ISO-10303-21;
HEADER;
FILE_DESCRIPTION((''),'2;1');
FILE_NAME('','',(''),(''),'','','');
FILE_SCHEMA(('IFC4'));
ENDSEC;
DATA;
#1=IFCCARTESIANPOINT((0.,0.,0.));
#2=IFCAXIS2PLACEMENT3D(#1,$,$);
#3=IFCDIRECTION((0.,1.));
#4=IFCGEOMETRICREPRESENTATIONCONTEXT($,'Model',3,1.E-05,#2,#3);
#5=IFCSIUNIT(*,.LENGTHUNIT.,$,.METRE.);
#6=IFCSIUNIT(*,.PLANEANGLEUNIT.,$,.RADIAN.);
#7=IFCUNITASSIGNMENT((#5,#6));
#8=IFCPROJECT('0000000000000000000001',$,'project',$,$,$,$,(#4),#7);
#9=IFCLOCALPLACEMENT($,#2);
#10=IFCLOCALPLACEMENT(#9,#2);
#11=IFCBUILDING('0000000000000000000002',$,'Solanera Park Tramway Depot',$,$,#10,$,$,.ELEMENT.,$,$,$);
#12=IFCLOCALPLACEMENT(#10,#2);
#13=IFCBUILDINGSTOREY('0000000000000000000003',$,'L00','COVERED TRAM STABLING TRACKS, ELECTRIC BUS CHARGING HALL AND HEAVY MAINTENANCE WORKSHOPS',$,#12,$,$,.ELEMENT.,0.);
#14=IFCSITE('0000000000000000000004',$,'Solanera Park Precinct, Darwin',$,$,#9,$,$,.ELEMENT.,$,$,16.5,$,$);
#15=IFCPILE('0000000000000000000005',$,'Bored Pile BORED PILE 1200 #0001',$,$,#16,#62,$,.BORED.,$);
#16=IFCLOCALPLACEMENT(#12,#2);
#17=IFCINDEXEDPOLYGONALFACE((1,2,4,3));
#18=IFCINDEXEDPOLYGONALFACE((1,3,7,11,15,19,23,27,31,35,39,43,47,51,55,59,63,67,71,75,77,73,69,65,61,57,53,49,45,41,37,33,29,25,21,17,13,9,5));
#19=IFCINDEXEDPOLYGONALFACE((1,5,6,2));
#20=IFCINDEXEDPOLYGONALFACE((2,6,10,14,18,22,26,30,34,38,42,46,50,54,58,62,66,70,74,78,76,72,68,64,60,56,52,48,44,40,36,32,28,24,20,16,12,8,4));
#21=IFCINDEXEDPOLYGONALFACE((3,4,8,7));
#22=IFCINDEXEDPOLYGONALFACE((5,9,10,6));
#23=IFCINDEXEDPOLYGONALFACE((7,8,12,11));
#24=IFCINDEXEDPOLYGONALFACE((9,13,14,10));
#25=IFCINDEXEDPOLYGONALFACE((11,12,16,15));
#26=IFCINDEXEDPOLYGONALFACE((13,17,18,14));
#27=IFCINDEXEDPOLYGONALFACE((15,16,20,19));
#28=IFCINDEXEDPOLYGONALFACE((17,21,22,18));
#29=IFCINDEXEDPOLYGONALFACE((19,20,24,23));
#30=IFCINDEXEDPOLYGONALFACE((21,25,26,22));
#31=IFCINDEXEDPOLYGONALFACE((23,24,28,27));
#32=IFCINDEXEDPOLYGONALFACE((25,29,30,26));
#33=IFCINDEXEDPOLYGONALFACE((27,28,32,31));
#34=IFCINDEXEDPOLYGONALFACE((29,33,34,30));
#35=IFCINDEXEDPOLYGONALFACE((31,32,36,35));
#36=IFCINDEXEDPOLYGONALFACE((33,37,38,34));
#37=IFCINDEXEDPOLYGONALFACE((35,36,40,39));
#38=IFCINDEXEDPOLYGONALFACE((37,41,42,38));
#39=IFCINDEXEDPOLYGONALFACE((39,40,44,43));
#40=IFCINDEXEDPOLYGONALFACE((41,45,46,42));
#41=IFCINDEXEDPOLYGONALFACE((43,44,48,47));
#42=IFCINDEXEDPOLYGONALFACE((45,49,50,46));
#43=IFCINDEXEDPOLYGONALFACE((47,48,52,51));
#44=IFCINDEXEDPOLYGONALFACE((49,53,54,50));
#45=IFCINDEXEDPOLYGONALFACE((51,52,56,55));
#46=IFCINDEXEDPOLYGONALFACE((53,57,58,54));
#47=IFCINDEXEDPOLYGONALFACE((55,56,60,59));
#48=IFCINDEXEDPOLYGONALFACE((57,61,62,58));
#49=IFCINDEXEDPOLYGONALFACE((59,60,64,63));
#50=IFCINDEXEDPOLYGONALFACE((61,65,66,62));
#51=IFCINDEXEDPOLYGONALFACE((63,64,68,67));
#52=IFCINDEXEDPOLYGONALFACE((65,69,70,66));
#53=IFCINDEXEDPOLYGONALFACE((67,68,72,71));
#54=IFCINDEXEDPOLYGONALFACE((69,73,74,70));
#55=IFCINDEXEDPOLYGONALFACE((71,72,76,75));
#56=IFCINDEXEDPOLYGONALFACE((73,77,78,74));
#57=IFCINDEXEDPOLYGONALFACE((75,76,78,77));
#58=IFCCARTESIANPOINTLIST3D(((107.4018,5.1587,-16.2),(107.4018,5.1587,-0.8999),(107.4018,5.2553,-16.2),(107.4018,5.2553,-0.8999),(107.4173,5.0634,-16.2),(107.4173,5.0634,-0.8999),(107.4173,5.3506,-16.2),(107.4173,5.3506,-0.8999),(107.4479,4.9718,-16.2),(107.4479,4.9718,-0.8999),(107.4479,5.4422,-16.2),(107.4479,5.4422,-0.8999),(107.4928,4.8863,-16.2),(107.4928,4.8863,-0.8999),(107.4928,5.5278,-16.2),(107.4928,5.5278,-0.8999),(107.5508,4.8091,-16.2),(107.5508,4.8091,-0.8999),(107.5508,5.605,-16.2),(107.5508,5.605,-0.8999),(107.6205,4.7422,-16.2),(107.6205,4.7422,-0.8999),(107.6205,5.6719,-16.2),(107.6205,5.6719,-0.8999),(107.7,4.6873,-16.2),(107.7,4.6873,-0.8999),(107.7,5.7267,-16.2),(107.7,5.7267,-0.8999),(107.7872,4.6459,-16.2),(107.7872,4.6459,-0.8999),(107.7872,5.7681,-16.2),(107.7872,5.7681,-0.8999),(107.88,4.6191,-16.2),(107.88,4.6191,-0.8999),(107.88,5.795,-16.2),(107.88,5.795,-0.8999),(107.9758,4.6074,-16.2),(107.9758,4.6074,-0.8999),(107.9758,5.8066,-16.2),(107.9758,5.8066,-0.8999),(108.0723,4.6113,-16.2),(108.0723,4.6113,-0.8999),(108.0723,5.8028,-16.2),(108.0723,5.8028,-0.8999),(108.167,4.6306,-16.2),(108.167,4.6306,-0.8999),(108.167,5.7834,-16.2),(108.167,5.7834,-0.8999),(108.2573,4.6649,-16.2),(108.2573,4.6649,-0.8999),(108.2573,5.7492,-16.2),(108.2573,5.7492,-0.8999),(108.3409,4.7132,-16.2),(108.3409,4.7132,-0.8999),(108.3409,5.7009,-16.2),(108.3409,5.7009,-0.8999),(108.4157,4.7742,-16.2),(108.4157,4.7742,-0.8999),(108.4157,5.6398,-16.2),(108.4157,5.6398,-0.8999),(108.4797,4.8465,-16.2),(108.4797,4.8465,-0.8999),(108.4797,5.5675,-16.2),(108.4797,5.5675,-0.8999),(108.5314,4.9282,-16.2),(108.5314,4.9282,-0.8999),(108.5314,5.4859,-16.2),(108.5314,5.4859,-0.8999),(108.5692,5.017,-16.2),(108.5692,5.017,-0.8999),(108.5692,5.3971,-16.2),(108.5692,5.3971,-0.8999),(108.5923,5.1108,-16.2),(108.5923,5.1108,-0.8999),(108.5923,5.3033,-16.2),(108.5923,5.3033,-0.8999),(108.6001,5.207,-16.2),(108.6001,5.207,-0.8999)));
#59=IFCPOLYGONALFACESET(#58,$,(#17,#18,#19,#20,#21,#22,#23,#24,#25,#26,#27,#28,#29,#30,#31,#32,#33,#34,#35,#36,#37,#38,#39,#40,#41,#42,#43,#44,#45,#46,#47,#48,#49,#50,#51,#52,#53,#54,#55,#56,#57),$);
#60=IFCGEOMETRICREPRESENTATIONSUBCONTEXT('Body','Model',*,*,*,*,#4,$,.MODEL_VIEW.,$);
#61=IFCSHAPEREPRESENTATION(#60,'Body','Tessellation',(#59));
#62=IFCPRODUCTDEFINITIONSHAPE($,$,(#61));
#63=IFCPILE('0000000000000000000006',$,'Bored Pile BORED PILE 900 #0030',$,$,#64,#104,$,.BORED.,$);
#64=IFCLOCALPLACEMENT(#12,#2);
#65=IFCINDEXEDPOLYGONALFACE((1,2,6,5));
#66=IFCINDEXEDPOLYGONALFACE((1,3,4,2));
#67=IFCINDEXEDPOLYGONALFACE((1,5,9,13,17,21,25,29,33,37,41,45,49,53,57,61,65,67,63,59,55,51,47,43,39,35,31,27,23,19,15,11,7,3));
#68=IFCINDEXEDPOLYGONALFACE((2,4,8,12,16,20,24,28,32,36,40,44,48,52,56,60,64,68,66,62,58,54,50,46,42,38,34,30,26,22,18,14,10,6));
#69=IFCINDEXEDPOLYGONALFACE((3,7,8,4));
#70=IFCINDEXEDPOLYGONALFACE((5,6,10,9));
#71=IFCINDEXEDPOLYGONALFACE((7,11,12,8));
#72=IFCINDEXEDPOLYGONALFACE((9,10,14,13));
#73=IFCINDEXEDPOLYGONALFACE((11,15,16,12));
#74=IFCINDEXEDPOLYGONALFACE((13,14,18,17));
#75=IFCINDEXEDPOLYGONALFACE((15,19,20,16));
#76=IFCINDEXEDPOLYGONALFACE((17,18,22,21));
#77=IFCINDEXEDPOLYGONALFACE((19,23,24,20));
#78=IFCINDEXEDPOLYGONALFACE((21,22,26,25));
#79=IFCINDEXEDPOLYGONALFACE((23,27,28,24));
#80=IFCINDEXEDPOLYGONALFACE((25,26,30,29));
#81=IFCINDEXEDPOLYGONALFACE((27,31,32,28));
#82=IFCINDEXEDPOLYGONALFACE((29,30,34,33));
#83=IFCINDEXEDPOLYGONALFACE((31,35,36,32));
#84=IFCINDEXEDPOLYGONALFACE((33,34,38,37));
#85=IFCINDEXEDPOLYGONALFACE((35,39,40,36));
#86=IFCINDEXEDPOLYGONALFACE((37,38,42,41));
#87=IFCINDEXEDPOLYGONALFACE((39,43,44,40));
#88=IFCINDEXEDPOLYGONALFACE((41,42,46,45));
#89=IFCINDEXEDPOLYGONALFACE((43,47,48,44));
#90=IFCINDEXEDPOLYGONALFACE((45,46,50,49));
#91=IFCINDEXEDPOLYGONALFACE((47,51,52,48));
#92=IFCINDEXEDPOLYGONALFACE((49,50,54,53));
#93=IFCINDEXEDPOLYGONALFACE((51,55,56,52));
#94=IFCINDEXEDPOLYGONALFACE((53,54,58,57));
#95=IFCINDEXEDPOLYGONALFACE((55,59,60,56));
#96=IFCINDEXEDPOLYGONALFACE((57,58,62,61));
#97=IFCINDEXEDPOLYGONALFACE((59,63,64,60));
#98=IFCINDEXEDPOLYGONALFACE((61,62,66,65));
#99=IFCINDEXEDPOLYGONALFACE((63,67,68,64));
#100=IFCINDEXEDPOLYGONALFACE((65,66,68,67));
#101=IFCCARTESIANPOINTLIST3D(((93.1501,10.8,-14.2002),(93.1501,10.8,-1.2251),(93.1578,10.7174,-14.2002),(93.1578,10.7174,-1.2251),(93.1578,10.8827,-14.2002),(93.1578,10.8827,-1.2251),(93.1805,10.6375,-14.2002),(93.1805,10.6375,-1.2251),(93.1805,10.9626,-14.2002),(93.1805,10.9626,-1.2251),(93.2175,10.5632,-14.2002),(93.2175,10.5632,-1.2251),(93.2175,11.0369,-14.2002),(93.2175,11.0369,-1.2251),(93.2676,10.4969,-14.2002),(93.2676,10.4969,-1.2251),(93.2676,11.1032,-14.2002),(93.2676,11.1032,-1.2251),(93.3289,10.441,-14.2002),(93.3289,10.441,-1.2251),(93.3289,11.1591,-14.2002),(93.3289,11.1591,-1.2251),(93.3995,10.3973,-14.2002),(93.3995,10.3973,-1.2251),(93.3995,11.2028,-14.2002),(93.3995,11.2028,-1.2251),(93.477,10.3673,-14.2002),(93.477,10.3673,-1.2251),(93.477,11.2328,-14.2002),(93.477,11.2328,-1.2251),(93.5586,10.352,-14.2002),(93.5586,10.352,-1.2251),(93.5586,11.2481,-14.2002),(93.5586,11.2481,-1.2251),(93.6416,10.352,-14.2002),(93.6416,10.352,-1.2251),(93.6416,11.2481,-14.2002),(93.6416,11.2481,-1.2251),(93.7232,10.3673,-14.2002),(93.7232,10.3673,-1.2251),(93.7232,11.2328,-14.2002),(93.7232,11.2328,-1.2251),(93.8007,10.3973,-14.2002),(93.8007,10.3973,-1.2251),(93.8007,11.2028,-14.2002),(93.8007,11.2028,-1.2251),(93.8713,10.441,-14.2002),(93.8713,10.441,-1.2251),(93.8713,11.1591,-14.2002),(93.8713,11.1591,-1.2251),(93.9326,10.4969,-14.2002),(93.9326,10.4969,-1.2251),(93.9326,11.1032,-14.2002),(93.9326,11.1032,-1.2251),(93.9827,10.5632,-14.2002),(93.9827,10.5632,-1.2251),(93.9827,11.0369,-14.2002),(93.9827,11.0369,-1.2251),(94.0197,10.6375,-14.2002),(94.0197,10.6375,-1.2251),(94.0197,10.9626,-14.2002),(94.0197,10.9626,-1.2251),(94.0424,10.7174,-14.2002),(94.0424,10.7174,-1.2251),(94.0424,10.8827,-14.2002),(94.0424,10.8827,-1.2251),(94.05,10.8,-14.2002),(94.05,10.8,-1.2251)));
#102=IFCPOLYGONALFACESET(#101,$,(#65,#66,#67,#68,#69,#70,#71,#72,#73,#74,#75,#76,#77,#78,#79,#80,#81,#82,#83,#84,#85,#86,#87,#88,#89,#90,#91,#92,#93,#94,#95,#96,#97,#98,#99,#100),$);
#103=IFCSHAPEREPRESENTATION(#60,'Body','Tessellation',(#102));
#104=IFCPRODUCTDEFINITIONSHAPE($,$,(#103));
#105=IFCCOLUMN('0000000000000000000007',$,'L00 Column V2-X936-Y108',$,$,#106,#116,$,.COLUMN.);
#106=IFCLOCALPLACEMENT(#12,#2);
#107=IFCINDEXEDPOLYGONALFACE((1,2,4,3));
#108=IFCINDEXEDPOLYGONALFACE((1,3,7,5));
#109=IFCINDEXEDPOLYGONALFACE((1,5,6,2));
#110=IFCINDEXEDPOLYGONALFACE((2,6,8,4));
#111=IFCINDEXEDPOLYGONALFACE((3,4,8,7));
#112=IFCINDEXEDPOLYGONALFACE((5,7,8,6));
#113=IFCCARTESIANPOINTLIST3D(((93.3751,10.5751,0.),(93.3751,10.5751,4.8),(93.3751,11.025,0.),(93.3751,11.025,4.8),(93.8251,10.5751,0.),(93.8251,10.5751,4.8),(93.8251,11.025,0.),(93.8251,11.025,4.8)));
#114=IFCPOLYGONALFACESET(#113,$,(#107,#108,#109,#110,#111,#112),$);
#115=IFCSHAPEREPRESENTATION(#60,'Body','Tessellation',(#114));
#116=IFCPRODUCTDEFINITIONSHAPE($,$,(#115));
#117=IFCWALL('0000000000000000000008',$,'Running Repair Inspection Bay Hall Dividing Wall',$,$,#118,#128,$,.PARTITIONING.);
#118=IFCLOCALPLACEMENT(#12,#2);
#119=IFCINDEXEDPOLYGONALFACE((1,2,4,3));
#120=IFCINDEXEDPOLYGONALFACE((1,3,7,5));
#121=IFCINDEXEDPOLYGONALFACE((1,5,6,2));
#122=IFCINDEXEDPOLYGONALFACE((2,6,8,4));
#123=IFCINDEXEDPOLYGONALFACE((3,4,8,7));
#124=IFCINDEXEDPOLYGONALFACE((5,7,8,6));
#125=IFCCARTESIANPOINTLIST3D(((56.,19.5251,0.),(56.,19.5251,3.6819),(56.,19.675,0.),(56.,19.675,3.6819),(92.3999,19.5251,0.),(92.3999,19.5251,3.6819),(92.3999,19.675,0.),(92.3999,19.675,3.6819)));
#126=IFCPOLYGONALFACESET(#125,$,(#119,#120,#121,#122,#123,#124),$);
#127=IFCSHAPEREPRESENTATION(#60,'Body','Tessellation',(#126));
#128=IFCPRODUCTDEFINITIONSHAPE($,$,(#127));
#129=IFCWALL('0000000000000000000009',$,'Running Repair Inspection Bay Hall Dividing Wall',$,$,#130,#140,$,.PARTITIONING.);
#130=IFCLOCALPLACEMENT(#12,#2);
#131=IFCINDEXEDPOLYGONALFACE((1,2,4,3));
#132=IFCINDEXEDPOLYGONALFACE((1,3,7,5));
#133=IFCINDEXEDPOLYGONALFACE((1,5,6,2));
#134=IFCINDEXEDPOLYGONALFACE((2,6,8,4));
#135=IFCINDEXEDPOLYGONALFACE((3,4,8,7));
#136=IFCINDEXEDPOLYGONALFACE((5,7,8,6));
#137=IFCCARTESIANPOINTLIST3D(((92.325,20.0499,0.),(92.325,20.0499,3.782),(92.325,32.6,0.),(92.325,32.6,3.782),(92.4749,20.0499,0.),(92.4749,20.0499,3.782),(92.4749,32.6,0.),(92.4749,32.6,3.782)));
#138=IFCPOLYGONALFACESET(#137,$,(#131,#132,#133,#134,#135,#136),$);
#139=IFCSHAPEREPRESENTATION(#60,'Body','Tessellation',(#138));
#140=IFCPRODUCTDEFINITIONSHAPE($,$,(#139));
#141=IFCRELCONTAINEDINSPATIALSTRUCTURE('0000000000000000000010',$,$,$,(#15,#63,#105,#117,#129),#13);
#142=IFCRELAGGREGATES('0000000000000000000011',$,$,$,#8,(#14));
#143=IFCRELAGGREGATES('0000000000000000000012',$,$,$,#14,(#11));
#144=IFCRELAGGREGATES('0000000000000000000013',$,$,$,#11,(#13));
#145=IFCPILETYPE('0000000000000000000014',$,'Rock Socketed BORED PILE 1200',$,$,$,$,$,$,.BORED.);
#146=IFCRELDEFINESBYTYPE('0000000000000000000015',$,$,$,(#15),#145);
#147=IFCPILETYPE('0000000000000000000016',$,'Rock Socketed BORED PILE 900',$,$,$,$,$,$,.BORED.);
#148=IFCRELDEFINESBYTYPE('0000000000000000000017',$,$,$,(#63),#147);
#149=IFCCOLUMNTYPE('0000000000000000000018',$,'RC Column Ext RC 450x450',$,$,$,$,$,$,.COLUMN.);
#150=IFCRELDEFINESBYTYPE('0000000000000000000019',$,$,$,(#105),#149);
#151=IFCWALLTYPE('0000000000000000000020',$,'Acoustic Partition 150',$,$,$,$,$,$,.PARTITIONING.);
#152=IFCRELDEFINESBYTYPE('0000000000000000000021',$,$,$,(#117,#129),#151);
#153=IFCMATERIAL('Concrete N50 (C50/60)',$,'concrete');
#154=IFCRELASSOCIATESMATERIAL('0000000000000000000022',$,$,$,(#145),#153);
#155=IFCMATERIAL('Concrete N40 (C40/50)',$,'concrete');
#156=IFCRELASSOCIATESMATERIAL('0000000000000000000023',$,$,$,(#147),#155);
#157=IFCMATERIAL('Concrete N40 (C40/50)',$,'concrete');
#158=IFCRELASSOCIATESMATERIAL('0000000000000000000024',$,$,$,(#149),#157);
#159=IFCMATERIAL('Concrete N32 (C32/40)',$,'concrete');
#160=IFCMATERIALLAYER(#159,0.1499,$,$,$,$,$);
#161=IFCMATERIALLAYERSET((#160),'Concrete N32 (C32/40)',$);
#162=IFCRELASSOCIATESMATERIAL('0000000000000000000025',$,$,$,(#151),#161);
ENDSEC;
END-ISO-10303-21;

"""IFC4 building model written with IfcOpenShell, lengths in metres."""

from ifc_helpers import new_model, si_unit, direction, frame, frame_2d, origin, origin_2d, place, context, subcontext, project, spatial, rectangle, circle, extrude, material, layer, layer_set, material_profile, profile_set, type_object, element, save


model = new_model("IFC4")

# Units and contexts
model_context = context("Model", 3, precision=1e-05, world=origin(), true_north=direction((0.0, 1.0)))
body_context = subcontext(model_context, "Body", "Model", "MODEL_VIEW")
ifc_project = project(units=[si_unit("LENGTHUNIT", "METRE"), si_unit("PLANEANGLEUNIT", "RADIAN")], contexts=[model_context])

# Site, building, storey
site_placement = place(None, origin())
site = spatial("IfcSite", under=ifc_project, at=site_placement, Name="Solanera Park Precinct, Darwin", CompositionType="ELEMENT", RefElevation=16.5)
building_placement = place(site_placement, origin())
building = spatial("IfcBuilding", under=site, at=building_placement, Name="Solanera Park Tramway Depot", CompositionType="ELEMENT")
storey_placement = place(building_placement, origin())
storey = spatial("IfcBuildingStorey", under=building, at=storey_placement, Name="L00", Description="COVERED TRAM STABLING TRACKS, ELECTRIC BUS CHARGING HALL AND HEAVY MAINTENANCE WORKSHOPS", CompositionType="ELEMENT", Elevation=0.0)

# Piles
ifc_material_1 = material(Name="Concrete N50 (C50/60)", Category="concrete")
ifc_material_profile_1 = material_profile(ifc_material_1, circle(Radius=0.6001, at=origin_2d()), Name="BORED PILE 1200")
ifc_profile_set_1 = profile_set([ifc_material_profile_1], Name="Concrete N50 (C50/60)")
pile_type_1 = type_object("IfcPileType", Name="Rock Socketed BORED PILE 1200", PredefinedType="BORED", material=ifc_profile_set_1)
pile_1_placement = place(storey_placement, frame((108.0, 5.207, -0.8999), z_axis=(0.0, 0.0, -1.0), x_axis=(1.0, 0.0, 0.0)))
element("IfcPile", 1, at=pile_1_placement, inside=storey, type_object=pile_type_1, Name="Bored Pile BORED PILE 1200 #0001", PredefinedType="BORED", context=body_context, shape_type="SweptSolid", body=[
    extrude(circle(Radius=0.6001, at=origin_2d()), origin(), (0.0, 0.0, 1.0), 15.3),
])
ifc_material_2 = material(Name="Concrete N40 (C40/50)", Category="concrete")
ifc_material_profile_2 = material_profile(ifc_material_2, circle(Radius=0.45, at=origin_2d()), Name="BORED PILE 900")
ifc_profile_set_2 = profile_set([ifc_material_profile_2], Name="Concrete N40 (C40/50)")
pile_type_2 = type_object("IfcPileType", Name="Rock Socketed BORED PILE 900", PredefinedType="BORED", material=ifc_profile_set_2)
pile_2_placement = place(storey_placement, frame((93.6001, 10.8, -1.2251), z_axis=(0.0, 0.0, -1.0), x_axis=(1.0, 0.0, 0.0)))
element("IfcPile", 2, at=pile_2_placement, inside=storey, type_object=pile_type_2, Name="Bored Pile BORED PILE 900 #0030", PredefinedType="BORED", context=body_context, shape_type="SweptSolid", body=[
    extrude(circle(Radius=0.45, at=origin_2d()), origin(), (0.0, 0.0, 1.0), 12.9751),
])

# Column
ifc_material_3 = material(Name="Concrete N40 (C40/50)", Category="concrete")
ifc_material_profile_3 = material_profile(ifc_material_3, rectangle(XDim=0.45, YDim=0.45, at=origin_2d()), Name="RC 450x450")
ifc_profile_set_3 = profile_set([ifc_material_profile_3], Name="Concrete N40 (C40/50)")
column_type = type_object("IfcColumnType", Name="RC Column Ext RC 450x450", PredefinedType="COLUMN", material=ifc_profile_set_3)
column_placement = place(storey_placement, frame((93.6001, 10.8, 0.0), z_axis=(0.0, 0.0, 1.0), x_axis=(1.0, 0.0, 0.0)))
element("IfcColumn", 3, at=column_placement, inside=storey, type_object=column_type, Name="L00 Column V2-X936-Y108", PredefinedType="COLUMN", context=body_context, shape_type="SweptSolid", body=[
    extrude(rectangle(XDim=0.45, YDim=0.45, at=origin_2d()), origin(), (0.0, 0.0, 1.0), 4.8),
])

# Walls
ifc_material_4 = material(Name="Concrete N32 (C32/40)", Category="concrete")
ifc_layer_1 = layer(ifc_material_4, 0.1499)
ifc_layer_set_1 = layer_set([ifc_layer_1], Name="Concrete N32 (C32/40)")
wall_type_1 = type_object("IfcWallType", Name="Acoustic Partition 150", PredefinedType="PARTITIONING", material=ifc_layer_set_1)
wall_1_placement = place(storey_placement, frame((92.3999, 19.6001, 0.0), z_axis=(0.0, 0.0, 1.0), x_axis=(-1.0, 0.0, 0.0)))
element("IfcWall", 4, at=wall_1_placement, inside=storey, type_object=wall_type_1, Name="Running Repair Inspection Bay Hall Dividing Wall", PredefinedType="PARTITIONING", context=body_context, shape_type="SweptSolid", body=[
    extrude(rectangle(XDim=36.3999, YDim=0.1499, at=frame_2d((18.2, 0.0))), origin(), (0.0, 0.0, 1.0), 3.6819),
])
wall_2_placement = place(storey_placement, frame((92.3999, 20.05, 0.0), z_axis=(0.0, 0.0, 1.0), x_axis=(0.0, 1.0, 0.0)))
element("IfcWall", 5, at=wall_2_placement, inside=storey, type_object=wall_type_1, Name="Running Repair Inspection Bay Hall Dividing Wall", PredefinedType="PARTITIONING", context=body_context, shape_type="SweptSolid", body=[
    extrude(rectangle(XDim=12.55, YDim=0.1499, at=frame_2d((6.2749, 0.0))), origin(), (0.0, 0.0, 1.0), 3.782),
])

save(model, "model.ifc")
